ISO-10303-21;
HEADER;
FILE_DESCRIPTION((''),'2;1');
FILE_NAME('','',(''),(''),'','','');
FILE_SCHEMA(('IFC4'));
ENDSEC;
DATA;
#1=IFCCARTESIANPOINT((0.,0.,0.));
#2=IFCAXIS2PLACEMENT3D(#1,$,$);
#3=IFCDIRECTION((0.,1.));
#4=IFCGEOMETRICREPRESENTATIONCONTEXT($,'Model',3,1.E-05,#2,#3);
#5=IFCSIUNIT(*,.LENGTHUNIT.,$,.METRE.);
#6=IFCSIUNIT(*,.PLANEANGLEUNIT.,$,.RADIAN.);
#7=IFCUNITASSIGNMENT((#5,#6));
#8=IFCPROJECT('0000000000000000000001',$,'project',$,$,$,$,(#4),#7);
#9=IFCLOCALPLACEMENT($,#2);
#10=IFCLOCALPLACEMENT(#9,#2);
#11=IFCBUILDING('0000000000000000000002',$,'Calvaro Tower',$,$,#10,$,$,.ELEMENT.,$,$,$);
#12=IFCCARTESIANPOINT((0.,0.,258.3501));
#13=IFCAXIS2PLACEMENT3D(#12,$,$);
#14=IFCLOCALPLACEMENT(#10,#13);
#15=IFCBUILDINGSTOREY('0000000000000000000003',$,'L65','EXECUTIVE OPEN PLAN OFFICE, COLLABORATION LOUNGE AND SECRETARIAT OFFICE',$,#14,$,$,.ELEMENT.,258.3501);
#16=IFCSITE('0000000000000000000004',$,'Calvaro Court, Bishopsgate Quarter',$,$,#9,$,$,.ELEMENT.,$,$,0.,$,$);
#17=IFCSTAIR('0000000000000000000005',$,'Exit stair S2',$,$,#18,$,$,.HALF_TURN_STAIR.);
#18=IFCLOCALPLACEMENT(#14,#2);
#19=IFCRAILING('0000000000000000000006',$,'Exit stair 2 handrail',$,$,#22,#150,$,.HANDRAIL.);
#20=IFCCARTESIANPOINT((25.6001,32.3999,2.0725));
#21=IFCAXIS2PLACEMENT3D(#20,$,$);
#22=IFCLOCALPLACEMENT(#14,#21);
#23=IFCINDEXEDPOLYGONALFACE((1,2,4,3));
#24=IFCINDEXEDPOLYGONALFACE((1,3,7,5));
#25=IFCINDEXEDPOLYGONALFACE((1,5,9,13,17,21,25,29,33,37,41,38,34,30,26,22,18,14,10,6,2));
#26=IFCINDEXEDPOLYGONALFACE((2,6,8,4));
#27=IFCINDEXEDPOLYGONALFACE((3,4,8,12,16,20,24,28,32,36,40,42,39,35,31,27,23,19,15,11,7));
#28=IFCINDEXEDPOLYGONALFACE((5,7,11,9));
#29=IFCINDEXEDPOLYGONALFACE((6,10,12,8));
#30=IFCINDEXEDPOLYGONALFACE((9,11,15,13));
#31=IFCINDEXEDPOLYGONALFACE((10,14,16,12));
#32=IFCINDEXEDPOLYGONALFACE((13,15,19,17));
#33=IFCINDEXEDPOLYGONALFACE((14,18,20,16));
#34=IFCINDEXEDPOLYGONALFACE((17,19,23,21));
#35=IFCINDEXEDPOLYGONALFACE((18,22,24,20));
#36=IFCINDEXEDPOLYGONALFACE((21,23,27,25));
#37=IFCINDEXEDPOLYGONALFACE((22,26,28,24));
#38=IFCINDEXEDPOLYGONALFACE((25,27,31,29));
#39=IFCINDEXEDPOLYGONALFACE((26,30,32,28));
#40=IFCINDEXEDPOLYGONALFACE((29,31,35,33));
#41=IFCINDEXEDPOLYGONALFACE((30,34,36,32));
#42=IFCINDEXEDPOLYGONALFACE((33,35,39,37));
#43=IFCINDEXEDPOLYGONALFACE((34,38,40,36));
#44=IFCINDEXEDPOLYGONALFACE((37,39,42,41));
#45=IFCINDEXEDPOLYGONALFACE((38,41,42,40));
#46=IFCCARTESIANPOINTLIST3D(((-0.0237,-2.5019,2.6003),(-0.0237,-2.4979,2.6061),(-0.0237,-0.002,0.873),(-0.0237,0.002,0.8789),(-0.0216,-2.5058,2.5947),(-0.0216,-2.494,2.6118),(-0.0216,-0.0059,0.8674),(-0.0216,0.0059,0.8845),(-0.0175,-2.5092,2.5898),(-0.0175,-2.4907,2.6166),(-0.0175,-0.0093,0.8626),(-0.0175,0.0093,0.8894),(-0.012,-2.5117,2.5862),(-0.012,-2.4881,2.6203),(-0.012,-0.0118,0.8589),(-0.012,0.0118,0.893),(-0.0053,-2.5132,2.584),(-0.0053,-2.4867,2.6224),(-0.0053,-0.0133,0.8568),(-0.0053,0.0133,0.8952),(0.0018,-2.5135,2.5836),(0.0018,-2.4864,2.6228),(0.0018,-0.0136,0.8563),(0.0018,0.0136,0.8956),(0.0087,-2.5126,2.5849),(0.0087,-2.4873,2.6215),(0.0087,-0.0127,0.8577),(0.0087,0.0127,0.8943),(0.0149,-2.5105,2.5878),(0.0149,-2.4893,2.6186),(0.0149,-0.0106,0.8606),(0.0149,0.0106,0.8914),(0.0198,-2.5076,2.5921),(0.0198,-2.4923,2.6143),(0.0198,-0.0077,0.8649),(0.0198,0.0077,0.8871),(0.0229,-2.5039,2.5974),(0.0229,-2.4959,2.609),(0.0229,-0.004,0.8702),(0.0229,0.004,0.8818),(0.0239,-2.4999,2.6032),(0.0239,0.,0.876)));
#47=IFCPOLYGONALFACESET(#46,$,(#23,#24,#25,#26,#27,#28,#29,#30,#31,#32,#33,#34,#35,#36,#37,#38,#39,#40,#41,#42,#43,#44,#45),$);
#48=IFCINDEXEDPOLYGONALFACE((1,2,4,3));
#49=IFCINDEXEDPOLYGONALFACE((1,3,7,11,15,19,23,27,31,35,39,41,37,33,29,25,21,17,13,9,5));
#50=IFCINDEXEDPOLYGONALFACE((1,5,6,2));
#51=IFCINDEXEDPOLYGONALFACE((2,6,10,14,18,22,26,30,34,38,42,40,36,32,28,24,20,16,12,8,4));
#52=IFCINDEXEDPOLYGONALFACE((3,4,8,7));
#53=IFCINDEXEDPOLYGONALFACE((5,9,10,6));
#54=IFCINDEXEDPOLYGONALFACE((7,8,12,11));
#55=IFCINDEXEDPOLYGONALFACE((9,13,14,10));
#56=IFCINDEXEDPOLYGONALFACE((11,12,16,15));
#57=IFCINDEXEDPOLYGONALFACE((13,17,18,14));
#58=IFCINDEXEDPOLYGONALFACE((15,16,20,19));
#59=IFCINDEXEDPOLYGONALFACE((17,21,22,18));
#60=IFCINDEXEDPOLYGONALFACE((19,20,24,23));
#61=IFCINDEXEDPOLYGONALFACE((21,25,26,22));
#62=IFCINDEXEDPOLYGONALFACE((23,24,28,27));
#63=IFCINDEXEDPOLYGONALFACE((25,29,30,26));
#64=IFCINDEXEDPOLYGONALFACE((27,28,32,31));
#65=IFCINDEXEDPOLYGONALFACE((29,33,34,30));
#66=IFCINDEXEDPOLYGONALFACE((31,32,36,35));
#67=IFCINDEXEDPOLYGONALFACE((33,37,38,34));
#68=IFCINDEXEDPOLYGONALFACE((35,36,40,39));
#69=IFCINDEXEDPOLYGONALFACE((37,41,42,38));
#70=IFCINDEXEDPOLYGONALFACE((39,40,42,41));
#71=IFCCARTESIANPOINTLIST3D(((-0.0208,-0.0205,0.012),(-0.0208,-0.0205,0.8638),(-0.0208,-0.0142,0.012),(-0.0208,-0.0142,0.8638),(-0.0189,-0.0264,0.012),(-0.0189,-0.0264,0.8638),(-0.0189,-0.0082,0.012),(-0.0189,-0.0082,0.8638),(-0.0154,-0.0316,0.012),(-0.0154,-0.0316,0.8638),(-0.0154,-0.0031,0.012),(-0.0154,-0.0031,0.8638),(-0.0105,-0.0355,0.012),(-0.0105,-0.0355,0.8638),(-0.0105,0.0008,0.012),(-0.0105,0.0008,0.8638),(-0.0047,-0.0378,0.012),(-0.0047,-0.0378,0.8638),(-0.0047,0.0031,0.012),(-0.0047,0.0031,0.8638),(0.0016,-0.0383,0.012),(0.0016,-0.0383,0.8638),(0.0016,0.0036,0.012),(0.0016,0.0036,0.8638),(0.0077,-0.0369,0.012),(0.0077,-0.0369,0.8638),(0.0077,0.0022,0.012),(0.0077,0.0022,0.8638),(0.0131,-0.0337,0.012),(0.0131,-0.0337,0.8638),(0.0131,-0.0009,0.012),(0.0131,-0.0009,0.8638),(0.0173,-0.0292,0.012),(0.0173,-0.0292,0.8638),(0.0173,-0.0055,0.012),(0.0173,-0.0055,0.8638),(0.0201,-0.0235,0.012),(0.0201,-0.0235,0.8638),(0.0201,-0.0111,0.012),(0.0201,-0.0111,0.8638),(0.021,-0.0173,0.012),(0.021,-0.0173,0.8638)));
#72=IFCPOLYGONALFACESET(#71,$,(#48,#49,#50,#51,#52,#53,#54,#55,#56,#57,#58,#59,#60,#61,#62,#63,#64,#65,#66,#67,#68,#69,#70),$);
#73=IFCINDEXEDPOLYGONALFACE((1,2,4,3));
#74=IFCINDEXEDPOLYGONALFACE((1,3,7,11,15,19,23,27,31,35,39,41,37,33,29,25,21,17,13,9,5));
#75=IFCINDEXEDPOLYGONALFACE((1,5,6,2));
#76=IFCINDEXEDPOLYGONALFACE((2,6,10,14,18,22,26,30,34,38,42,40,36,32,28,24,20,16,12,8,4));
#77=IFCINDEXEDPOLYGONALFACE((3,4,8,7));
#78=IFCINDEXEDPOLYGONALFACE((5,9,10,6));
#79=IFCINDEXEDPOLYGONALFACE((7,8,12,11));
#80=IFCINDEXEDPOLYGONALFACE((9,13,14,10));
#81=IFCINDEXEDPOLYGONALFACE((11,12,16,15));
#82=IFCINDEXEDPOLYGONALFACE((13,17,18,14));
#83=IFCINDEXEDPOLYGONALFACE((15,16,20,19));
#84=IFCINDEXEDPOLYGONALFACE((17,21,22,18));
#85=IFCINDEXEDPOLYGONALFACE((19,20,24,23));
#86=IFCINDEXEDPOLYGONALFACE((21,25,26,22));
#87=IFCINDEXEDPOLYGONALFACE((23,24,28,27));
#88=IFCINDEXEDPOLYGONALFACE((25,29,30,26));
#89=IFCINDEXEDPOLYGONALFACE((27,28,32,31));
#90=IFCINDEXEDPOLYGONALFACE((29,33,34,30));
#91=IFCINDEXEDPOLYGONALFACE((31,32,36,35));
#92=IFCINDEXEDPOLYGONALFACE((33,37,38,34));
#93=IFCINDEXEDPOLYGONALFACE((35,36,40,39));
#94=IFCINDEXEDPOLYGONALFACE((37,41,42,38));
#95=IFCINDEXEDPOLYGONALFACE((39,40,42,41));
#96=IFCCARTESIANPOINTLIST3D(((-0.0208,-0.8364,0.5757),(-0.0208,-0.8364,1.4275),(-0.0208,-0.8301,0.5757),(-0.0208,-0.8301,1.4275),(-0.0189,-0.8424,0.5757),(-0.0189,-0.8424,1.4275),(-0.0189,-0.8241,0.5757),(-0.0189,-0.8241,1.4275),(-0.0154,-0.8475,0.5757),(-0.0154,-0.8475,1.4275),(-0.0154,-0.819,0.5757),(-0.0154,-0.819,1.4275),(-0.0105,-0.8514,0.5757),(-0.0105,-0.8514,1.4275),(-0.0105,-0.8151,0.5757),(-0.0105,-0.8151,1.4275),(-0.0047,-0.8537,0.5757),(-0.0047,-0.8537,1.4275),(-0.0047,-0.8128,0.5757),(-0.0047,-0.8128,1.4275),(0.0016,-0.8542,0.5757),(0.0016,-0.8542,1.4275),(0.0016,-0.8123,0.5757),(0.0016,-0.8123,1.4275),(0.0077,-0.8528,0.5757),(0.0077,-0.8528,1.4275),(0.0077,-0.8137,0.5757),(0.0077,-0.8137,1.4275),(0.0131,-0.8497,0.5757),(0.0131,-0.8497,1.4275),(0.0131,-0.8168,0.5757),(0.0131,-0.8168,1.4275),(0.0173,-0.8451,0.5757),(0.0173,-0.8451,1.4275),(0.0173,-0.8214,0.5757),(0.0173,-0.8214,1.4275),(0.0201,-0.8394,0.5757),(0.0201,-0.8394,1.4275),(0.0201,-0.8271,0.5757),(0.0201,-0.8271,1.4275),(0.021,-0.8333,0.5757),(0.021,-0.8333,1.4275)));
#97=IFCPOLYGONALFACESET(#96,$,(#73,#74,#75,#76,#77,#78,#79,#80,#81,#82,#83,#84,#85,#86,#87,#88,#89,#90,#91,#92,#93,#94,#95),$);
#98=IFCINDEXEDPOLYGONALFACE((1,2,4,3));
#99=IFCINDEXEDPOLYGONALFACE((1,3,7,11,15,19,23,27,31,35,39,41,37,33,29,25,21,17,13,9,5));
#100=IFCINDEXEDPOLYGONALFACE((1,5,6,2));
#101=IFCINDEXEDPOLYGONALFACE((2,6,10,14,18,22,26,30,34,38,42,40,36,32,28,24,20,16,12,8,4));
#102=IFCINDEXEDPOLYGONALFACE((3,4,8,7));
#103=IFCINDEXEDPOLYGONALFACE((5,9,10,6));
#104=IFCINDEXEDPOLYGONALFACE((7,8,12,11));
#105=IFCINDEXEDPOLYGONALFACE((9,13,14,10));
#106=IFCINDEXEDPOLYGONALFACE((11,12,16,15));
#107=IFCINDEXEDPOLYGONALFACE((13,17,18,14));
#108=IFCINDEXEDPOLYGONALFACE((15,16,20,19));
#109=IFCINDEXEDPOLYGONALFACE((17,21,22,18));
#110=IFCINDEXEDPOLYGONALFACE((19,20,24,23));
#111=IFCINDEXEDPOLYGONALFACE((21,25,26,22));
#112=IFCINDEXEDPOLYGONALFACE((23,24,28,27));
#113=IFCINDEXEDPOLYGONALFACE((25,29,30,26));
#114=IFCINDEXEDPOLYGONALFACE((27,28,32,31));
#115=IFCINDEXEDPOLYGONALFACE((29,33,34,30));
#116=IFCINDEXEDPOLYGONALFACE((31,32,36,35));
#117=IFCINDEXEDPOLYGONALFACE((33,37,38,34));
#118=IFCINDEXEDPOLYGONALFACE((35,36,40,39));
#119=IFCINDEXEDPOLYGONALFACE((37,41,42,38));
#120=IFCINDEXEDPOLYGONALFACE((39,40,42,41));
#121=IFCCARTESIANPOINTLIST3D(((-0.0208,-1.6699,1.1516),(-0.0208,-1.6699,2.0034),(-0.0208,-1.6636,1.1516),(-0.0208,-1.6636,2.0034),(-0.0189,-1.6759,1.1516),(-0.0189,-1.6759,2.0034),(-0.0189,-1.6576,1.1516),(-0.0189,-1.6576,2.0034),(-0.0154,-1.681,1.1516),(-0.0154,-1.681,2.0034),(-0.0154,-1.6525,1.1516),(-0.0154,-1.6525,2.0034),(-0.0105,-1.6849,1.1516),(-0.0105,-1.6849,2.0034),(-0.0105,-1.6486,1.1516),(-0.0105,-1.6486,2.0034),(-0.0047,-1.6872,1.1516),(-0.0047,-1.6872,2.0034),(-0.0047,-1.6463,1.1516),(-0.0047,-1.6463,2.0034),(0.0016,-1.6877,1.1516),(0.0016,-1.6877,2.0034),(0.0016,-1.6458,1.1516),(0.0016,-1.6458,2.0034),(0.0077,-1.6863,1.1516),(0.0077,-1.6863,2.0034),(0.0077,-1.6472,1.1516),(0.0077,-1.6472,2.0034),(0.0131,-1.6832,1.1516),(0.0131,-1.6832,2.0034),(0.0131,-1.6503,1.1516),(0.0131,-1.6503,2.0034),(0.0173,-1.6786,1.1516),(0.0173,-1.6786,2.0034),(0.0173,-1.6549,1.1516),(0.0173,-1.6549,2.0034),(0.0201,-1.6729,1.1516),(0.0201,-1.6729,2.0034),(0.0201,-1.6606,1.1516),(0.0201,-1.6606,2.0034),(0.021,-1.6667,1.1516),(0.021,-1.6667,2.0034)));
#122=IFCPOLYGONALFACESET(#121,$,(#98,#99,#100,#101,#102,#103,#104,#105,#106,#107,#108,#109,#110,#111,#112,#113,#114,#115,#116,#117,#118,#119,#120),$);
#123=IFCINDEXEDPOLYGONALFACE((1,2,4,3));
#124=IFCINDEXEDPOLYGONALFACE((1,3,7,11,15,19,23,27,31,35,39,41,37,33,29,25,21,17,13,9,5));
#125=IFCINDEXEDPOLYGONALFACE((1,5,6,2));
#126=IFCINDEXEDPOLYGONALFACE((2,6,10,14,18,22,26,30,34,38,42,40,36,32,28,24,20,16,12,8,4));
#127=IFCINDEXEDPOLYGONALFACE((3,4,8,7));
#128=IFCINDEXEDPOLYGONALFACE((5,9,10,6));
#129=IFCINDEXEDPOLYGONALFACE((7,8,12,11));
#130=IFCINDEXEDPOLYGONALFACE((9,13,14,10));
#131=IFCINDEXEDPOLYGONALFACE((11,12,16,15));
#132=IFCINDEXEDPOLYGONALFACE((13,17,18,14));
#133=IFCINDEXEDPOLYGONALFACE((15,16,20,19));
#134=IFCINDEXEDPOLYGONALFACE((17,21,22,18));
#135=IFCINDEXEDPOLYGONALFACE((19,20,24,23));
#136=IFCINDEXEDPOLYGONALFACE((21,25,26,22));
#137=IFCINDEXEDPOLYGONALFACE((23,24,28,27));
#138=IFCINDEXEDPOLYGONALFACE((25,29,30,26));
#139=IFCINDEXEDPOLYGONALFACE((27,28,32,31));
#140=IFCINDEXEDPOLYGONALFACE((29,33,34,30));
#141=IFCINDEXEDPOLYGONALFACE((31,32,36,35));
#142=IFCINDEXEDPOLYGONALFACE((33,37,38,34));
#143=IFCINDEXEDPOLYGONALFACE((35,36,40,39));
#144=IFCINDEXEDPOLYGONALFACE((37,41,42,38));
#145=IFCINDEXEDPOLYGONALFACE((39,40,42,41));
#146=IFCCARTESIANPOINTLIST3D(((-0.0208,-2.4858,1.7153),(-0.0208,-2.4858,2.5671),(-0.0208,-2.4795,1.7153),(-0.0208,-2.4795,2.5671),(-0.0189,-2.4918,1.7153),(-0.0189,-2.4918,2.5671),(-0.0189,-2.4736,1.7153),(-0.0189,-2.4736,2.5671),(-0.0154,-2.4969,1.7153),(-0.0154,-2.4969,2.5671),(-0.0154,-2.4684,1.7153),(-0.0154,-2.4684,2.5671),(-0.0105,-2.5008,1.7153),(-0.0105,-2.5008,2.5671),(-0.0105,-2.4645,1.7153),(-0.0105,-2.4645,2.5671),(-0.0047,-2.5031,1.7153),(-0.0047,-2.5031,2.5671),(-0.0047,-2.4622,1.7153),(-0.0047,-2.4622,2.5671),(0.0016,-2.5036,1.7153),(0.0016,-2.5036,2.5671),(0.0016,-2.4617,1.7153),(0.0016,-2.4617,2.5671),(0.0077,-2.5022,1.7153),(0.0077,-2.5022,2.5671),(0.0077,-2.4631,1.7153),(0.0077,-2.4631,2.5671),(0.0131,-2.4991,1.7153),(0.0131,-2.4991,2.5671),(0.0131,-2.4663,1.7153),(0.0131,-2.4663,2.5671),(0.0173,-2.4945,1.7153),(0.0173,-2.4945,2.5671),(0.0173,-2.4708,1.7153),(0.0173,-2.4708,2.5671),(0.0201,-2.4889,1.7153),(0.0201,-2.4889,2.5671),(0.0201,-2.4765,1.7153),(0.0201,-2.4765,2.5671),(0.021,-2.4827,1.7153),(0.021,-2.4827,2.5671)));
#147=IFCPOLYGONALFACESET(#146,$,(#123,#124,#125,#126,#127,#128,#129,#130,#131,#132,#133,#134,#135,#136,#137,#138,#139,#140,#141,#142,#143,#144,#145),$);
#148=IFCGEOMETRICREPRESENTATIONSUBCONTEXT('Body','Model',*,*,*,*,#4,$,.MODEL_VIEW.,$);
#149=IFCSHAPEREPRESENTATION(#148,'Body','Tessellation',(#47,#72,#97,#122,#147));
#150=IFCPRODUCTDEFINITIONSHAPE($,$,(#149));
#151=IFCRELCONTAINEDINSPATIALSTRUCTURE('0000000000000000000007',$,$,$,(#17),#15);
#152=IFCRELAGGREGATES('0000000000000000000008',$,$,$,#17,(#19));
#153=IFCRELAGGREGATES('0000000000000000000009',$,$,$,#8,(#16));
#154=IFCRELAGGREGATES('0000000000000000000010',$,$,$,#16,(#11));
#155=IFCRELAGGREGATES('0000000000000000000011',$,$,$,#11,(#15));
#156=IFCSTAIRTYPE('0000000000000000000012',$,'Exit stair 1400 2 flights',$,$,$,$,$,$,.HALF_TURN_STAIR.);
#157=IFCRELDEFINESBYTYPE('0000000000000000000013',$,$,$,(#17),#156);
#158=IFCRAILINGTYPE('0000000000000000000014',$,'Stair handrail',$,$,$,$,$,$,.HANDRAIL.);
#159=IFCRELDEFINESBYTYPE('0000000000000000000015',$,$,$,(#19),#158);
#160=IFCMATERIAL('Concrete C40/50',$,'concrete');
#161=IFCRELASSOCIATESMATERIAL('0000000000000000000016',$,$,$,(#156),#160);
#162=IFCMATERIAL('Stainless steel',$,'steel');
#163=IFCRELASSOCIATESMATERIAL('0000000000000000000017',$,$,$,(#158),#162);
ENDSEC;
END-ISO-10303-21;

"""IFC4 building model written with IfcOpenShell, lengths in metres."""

from ifc_helpers import new_model, si_unit, direction, frame, origin, origin_2d, place, context, subcontext, project, spatial, circle, extrude, material, type_object, element, aggregate, save


model = new_model("IFC4")

# Units and contexts
model_context = context("Model", 3, precision=1e-05, world=origin(), true_north=direction((0.0, 1.0)))
body_context = subcontext(model_context, "Body", "Model", "MODEL_VIEW")
ifc_project = project(units=[si_unit("LENGTHUNIT", "METRE"), si_unit("PLANEANGLEUNIT", "RADIAN")], contexts=[model_context])

# Site, building, storey
site_placement = place(None, origin())
site = spatial("IfcSite", under=ifc_project, at=site_placement, Name="Calvaro Court, Bishopsgate Quarter", CompositionType="ELEMENT", RefElevation=0.0)
building_placement = place(site_placement, origin())
building = spatial("IfcBuilding", under=site, at=building_placement, Name="Calvaro Tower", CompositionType="ELEMENT")
storey_placement = place(building_placement, frame((0.0, 0.0, 258.3501)))
storey = spatial("IfcBuildingStorey", under=building, at=storey_placement, Name="L65", Description="EXECUTIVE OPEN PLAN OFFICE, COLLABORATION LOUNGE AND SECRETARIAT OFFICE", CompositionType="ELEMENT", Elevation=258.3501)

# Stair, railing
ifc_material_1 = material(Name="Concrete C40/50", Category="concrete")
stair_type = type_object("IfcStairType", Name="Exit stair 1400 2 flights", PredefinedType="HALF_TURN_STAIR", material=ifc_material_1)
stair_placement = place(storey_placement, origin())
stair = element("IfcStair", 1, at=stair_placement, inside=storey, type_object=stair_type, Name="Exit stair S2", PredefinedType="HALF_TURN_STAIR")
ifc_material_2 = material(Name="Stainless steel", Category="steel")
railing_type = type_object("IfcRailingType", Name="Stair handrail", PredefinedType="HANDRAIL", material=ifc_material_2)
railing_1_placement = place(storey_placement, frame((25.6001, 32.3999, 2.0725)))
railing_1 = element("IfcRailing", 2, at=railing_1_placement, type_object=railing_type, Name="Exit stair 2 handrail", PredefinedType="HANDRAIL", context=body_context, shape_type="SweptSolid", body=[
    extrude(circle(Radius=0.0239, at=origin_2d()), frame((0.0, 0.0, 0.876), z_axis=(0.0, -0.822727, 0.568437), x_axis=(1.0, 0.0, 0.0)), (0.0, 0.0, 1.0), 3.0386),
    extrude(circle(Radius=0.021, at=origin_2d()), frame((0.0, -0.0173, 0.012)), (0.0, 0.0, 1.0), 0.8518),
    extrude(circle(Radius=0.021, at=origin_2d()), frame((0.0, -0.8333, 0.5757)), (0.0, 0.0, 1.0), 0.8518),
    extrude(circle(Radius=0.021, at=origin_2d()), frame((0.0, -1.6667, 1.1516)), (0.0, 0.0, 1.0), 0.8518),
    extrude(circle(Radius=0.021, at=origin_2d()), frame((0.0, -2.4827, 1.7153)), (0.0, 0.0, 1.0), 0.8518),
])
aggregate(stair, [railing_1])

save(model, "model.ifc")
